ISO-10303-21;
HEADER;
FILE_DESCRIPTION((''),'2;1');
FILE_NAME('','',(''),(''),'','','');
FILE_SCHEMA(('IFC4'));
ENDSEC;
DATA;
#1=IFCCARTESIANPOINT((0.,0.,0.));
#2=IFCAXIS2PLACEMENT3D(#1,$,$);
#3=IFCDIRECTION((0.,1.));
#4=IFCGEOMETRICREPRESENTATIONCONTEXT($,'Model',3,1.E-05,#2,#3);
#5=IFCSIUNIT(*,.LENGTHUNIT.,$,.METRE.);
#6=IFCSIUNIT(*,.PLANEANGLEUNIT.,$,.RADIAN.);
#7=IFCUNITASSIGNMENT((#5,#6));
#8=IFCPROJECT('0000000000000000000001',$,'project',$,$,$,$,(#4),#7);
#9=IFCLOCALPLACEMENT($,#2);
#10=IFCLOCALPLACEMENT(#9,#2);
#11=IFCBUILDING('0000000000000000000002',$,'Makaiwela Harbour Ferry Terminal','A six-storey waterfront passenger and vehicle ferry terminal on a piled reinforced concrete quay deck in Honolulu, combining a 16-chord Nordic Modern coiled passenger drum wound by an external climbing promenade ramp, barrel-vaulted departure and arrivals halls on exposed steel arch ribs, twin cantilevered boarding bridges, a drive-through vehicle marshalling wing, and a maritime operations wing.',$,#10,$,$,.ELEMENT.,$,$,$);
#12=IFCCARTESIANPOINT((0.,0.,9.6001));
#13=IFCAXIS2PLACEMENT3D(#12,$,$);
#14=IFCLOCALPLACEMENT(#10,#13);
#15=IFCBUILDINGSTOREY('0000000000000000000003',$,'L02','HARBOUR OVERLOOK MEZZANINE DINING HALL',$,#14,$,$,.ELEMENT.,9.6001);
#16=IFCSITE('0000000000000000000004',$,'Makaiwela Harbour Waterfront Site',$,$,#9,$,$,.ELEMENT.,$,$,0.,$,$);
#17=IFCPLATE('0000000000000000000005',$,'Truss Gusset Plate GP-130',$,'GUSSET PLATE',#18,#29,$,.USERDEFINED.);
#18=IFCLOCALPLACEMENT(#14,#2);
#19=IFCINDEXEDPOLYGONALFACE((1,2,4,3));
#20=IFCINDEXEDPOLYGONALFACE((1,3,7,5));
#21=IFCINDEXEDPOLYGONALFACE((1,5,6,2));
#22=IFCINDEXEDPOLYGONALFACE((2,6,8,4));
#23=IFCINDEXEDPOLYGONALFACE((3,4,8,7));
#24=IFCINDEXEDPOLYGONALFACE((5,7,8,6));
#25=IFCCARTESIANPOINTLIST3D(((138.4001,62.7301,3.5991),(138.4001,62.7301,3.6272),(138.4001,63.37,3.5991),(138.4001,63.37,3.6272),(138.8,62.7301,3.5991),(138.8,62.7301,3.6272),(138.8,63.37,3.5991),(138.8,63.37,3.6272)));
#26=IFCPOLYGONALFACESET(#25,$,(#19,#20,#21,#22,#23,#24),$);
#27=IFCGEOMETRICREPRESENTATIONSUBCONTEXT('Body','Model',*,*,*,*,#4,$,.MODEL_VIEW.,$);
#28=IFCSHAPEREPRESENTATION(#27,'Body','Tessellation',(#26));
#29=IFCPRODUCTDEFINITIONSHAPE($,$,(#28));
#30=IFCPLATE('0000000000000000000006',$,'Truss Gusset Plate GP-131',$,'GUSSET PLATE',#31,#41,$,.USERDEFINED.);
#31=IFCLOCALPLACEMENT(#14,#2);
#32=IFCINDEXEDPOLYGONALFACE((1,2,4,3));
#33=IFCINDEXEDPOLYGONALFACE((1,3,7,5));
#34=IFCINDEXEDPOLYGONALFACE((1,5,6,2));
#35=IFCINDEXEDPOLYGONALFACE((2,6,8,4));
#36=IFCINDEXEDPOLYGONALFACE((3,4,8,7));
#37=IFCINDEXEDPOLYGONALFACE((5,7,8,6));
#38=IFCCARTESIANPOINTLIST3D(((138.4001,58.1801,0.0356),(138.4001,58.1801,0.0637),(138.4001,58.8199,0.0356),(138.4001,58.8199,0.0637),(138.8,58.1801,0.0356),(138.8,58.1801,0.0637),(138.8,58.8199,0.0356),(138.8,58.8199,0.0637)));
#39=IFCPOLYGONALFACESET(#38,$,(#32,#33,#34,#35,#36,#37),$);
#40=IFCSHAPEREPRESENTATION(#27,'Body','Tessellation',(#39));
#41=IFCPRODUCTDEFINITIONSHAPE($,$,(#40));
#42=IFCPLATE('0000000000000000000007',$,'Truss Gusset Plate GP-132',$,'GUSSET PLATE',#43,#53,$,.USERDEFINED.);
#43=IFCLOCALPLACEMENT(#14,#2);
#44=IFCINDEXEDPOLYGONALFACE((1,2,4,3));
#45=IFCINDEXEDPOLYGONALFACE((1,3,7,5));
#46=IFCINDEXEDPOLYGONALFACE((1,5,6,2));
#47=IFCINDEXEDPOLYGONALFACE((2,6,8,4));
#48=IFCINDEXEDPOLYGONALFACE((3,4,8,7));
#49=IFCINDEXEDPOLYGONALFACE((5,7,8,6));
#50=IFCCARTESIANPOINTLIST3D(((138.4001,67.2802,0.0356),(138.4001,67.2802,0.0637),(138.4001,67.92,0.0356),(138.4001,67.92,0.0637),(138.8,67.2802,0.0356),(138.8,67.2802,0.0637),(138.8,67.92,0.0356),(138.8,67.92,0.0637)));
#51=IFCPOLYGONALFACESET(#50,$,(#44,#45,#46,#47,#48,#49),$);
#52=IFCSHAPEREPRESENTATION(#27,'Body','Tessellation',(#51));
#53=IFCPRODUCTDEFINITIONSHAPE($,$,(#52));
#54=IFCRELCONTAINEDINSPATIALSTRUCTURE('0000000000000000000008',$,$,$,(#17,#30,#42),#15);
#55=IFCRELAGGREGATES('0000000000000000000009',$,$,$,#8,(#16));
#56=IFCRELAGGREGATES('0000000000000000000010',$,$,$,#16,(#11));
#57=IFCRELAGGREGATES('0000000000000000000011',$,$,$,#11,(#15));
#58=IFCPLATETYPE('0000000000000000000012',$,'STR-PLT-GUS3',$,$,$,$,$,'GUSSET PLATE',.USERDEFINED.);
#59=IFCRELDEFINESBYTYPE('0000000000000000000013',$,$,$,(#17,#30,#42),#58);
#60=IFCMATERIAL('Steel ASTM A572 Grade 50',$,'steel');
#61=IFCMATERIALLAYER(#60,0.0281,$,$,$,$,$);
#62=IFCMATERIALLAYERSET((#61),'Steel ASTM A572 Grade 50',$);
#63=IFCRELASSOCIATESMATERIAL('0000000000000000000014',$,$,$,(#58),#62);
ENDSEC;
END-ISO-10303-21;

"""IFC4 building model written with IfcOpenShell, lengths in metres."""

from ifc_helpers import new_model, si_unit, direction, frame, origin, origin_2d, place, context, subcontext, project, spatial, rectangle, extrude, material, layer, layer_set, type_object, element, save


model = new_model("IFC4")

# Units and contexts
model_context = context("Model", 3, precision=1e-05, world=origin(), true_north=direction((0.0, 1.0)))
body_context = subcontext(model_context, "Body", "Model", "MODEL_VIEW")
ifc_project = project(units=[si_unit("LENGTHUNIT", "METRE"), si_unit("PLANEANGLEUNIT", "RADIAN")], contexts=[model_context])

# Site, building, storey
site_placement = place(None, origin())
site = spatial("IfcSite", under=ifc_project, at=site_placement, Name="Makaiwela Harbour Waterfront Site", CompositionType="ELEMENT", RefElevation=0.0)
building_placement = place(site_placement, origin())
building = spatial("IfcBuilding", under=site, at=building_placement, Name="Makaiwela Harbour Ferry Terminal", Description="A six-storey waterfront passenger and vehicle ferry terminal on a piled reinforced concrete quay deck in Honolulu, combining a 16-chord Nordic Modern coiled passenger drum wound by an external climbing promenade ramp, barrel-vaulted departure and arrivals halls on exposed steel arch ribs, twin cantilevered boarding bridges, a drive-through vehicle marshalling wing, and a maritime operations wing.", CompositionType="ELEMENT")
storey_placement = place(building_placement, frame((0.0, 0.0, 9.6001)))
storey = spatial("IfcBuildingStorey", under=building, at=storey_placement, Name="L02", Description="HARBOUR OVERLOOK MEZZANINE DINING HALL", CompositionType="ELEMENT", Elevation=9.6001)

# Plates
ifc_material_1 = material(Name="Steel ASTM A572 Grade 50", Category="steel")
ifc_layer = layer(ifc_material_1, 0.0281)
ifc_layer_set = layer_set([ifc_layer], Name="Steel ASTM A572 Grade 50")
plate_type = type_object("IfcPlateType", Name="STR-PLT-GUS3", ElementType="GUSSET PLATE", PredefinedType="USERDEFINED", material=ifc_layer_set)
for number, where, z_axis, x_axis, name in (
    (1, (138.6001, 63.05, 3.5991), (0.0, 0.0, 1.0), (0.0, 1.0, 0.0), "Truss Gusset Plate GP-130"),
    (2, (138.6001, 58.5, 0.0356), (0.0, 0.0, 1.0), (0.0, 1.0, 0.0), "Truss Gusset Plate GP-131"),
    (3, (138.6001, 67.6001, 0.0356), (0.0, 0.0, 1.0), (0.0, 1.0, 0.0), "Truss Gusset Plate GP-132"),
):
    element("IfcPlate", number, at=place(storey_placement, frame(where, z_axis=z_axis, x_axis=x_axis)), inside=storey, type_object=plate_type, Name=name, ObjectType="GUSSET PLATE", PredefinedType="USERDEFINED", context=body_context, shape_type="SweptSolid", body=[
        extrude(rectangle(XDim=0.6399, YDim=0.3999, at=origin_2d()), origin(), (0.0, 0.0, 1.0), 0.0281),
    ])

save(model, "model.ifc")
